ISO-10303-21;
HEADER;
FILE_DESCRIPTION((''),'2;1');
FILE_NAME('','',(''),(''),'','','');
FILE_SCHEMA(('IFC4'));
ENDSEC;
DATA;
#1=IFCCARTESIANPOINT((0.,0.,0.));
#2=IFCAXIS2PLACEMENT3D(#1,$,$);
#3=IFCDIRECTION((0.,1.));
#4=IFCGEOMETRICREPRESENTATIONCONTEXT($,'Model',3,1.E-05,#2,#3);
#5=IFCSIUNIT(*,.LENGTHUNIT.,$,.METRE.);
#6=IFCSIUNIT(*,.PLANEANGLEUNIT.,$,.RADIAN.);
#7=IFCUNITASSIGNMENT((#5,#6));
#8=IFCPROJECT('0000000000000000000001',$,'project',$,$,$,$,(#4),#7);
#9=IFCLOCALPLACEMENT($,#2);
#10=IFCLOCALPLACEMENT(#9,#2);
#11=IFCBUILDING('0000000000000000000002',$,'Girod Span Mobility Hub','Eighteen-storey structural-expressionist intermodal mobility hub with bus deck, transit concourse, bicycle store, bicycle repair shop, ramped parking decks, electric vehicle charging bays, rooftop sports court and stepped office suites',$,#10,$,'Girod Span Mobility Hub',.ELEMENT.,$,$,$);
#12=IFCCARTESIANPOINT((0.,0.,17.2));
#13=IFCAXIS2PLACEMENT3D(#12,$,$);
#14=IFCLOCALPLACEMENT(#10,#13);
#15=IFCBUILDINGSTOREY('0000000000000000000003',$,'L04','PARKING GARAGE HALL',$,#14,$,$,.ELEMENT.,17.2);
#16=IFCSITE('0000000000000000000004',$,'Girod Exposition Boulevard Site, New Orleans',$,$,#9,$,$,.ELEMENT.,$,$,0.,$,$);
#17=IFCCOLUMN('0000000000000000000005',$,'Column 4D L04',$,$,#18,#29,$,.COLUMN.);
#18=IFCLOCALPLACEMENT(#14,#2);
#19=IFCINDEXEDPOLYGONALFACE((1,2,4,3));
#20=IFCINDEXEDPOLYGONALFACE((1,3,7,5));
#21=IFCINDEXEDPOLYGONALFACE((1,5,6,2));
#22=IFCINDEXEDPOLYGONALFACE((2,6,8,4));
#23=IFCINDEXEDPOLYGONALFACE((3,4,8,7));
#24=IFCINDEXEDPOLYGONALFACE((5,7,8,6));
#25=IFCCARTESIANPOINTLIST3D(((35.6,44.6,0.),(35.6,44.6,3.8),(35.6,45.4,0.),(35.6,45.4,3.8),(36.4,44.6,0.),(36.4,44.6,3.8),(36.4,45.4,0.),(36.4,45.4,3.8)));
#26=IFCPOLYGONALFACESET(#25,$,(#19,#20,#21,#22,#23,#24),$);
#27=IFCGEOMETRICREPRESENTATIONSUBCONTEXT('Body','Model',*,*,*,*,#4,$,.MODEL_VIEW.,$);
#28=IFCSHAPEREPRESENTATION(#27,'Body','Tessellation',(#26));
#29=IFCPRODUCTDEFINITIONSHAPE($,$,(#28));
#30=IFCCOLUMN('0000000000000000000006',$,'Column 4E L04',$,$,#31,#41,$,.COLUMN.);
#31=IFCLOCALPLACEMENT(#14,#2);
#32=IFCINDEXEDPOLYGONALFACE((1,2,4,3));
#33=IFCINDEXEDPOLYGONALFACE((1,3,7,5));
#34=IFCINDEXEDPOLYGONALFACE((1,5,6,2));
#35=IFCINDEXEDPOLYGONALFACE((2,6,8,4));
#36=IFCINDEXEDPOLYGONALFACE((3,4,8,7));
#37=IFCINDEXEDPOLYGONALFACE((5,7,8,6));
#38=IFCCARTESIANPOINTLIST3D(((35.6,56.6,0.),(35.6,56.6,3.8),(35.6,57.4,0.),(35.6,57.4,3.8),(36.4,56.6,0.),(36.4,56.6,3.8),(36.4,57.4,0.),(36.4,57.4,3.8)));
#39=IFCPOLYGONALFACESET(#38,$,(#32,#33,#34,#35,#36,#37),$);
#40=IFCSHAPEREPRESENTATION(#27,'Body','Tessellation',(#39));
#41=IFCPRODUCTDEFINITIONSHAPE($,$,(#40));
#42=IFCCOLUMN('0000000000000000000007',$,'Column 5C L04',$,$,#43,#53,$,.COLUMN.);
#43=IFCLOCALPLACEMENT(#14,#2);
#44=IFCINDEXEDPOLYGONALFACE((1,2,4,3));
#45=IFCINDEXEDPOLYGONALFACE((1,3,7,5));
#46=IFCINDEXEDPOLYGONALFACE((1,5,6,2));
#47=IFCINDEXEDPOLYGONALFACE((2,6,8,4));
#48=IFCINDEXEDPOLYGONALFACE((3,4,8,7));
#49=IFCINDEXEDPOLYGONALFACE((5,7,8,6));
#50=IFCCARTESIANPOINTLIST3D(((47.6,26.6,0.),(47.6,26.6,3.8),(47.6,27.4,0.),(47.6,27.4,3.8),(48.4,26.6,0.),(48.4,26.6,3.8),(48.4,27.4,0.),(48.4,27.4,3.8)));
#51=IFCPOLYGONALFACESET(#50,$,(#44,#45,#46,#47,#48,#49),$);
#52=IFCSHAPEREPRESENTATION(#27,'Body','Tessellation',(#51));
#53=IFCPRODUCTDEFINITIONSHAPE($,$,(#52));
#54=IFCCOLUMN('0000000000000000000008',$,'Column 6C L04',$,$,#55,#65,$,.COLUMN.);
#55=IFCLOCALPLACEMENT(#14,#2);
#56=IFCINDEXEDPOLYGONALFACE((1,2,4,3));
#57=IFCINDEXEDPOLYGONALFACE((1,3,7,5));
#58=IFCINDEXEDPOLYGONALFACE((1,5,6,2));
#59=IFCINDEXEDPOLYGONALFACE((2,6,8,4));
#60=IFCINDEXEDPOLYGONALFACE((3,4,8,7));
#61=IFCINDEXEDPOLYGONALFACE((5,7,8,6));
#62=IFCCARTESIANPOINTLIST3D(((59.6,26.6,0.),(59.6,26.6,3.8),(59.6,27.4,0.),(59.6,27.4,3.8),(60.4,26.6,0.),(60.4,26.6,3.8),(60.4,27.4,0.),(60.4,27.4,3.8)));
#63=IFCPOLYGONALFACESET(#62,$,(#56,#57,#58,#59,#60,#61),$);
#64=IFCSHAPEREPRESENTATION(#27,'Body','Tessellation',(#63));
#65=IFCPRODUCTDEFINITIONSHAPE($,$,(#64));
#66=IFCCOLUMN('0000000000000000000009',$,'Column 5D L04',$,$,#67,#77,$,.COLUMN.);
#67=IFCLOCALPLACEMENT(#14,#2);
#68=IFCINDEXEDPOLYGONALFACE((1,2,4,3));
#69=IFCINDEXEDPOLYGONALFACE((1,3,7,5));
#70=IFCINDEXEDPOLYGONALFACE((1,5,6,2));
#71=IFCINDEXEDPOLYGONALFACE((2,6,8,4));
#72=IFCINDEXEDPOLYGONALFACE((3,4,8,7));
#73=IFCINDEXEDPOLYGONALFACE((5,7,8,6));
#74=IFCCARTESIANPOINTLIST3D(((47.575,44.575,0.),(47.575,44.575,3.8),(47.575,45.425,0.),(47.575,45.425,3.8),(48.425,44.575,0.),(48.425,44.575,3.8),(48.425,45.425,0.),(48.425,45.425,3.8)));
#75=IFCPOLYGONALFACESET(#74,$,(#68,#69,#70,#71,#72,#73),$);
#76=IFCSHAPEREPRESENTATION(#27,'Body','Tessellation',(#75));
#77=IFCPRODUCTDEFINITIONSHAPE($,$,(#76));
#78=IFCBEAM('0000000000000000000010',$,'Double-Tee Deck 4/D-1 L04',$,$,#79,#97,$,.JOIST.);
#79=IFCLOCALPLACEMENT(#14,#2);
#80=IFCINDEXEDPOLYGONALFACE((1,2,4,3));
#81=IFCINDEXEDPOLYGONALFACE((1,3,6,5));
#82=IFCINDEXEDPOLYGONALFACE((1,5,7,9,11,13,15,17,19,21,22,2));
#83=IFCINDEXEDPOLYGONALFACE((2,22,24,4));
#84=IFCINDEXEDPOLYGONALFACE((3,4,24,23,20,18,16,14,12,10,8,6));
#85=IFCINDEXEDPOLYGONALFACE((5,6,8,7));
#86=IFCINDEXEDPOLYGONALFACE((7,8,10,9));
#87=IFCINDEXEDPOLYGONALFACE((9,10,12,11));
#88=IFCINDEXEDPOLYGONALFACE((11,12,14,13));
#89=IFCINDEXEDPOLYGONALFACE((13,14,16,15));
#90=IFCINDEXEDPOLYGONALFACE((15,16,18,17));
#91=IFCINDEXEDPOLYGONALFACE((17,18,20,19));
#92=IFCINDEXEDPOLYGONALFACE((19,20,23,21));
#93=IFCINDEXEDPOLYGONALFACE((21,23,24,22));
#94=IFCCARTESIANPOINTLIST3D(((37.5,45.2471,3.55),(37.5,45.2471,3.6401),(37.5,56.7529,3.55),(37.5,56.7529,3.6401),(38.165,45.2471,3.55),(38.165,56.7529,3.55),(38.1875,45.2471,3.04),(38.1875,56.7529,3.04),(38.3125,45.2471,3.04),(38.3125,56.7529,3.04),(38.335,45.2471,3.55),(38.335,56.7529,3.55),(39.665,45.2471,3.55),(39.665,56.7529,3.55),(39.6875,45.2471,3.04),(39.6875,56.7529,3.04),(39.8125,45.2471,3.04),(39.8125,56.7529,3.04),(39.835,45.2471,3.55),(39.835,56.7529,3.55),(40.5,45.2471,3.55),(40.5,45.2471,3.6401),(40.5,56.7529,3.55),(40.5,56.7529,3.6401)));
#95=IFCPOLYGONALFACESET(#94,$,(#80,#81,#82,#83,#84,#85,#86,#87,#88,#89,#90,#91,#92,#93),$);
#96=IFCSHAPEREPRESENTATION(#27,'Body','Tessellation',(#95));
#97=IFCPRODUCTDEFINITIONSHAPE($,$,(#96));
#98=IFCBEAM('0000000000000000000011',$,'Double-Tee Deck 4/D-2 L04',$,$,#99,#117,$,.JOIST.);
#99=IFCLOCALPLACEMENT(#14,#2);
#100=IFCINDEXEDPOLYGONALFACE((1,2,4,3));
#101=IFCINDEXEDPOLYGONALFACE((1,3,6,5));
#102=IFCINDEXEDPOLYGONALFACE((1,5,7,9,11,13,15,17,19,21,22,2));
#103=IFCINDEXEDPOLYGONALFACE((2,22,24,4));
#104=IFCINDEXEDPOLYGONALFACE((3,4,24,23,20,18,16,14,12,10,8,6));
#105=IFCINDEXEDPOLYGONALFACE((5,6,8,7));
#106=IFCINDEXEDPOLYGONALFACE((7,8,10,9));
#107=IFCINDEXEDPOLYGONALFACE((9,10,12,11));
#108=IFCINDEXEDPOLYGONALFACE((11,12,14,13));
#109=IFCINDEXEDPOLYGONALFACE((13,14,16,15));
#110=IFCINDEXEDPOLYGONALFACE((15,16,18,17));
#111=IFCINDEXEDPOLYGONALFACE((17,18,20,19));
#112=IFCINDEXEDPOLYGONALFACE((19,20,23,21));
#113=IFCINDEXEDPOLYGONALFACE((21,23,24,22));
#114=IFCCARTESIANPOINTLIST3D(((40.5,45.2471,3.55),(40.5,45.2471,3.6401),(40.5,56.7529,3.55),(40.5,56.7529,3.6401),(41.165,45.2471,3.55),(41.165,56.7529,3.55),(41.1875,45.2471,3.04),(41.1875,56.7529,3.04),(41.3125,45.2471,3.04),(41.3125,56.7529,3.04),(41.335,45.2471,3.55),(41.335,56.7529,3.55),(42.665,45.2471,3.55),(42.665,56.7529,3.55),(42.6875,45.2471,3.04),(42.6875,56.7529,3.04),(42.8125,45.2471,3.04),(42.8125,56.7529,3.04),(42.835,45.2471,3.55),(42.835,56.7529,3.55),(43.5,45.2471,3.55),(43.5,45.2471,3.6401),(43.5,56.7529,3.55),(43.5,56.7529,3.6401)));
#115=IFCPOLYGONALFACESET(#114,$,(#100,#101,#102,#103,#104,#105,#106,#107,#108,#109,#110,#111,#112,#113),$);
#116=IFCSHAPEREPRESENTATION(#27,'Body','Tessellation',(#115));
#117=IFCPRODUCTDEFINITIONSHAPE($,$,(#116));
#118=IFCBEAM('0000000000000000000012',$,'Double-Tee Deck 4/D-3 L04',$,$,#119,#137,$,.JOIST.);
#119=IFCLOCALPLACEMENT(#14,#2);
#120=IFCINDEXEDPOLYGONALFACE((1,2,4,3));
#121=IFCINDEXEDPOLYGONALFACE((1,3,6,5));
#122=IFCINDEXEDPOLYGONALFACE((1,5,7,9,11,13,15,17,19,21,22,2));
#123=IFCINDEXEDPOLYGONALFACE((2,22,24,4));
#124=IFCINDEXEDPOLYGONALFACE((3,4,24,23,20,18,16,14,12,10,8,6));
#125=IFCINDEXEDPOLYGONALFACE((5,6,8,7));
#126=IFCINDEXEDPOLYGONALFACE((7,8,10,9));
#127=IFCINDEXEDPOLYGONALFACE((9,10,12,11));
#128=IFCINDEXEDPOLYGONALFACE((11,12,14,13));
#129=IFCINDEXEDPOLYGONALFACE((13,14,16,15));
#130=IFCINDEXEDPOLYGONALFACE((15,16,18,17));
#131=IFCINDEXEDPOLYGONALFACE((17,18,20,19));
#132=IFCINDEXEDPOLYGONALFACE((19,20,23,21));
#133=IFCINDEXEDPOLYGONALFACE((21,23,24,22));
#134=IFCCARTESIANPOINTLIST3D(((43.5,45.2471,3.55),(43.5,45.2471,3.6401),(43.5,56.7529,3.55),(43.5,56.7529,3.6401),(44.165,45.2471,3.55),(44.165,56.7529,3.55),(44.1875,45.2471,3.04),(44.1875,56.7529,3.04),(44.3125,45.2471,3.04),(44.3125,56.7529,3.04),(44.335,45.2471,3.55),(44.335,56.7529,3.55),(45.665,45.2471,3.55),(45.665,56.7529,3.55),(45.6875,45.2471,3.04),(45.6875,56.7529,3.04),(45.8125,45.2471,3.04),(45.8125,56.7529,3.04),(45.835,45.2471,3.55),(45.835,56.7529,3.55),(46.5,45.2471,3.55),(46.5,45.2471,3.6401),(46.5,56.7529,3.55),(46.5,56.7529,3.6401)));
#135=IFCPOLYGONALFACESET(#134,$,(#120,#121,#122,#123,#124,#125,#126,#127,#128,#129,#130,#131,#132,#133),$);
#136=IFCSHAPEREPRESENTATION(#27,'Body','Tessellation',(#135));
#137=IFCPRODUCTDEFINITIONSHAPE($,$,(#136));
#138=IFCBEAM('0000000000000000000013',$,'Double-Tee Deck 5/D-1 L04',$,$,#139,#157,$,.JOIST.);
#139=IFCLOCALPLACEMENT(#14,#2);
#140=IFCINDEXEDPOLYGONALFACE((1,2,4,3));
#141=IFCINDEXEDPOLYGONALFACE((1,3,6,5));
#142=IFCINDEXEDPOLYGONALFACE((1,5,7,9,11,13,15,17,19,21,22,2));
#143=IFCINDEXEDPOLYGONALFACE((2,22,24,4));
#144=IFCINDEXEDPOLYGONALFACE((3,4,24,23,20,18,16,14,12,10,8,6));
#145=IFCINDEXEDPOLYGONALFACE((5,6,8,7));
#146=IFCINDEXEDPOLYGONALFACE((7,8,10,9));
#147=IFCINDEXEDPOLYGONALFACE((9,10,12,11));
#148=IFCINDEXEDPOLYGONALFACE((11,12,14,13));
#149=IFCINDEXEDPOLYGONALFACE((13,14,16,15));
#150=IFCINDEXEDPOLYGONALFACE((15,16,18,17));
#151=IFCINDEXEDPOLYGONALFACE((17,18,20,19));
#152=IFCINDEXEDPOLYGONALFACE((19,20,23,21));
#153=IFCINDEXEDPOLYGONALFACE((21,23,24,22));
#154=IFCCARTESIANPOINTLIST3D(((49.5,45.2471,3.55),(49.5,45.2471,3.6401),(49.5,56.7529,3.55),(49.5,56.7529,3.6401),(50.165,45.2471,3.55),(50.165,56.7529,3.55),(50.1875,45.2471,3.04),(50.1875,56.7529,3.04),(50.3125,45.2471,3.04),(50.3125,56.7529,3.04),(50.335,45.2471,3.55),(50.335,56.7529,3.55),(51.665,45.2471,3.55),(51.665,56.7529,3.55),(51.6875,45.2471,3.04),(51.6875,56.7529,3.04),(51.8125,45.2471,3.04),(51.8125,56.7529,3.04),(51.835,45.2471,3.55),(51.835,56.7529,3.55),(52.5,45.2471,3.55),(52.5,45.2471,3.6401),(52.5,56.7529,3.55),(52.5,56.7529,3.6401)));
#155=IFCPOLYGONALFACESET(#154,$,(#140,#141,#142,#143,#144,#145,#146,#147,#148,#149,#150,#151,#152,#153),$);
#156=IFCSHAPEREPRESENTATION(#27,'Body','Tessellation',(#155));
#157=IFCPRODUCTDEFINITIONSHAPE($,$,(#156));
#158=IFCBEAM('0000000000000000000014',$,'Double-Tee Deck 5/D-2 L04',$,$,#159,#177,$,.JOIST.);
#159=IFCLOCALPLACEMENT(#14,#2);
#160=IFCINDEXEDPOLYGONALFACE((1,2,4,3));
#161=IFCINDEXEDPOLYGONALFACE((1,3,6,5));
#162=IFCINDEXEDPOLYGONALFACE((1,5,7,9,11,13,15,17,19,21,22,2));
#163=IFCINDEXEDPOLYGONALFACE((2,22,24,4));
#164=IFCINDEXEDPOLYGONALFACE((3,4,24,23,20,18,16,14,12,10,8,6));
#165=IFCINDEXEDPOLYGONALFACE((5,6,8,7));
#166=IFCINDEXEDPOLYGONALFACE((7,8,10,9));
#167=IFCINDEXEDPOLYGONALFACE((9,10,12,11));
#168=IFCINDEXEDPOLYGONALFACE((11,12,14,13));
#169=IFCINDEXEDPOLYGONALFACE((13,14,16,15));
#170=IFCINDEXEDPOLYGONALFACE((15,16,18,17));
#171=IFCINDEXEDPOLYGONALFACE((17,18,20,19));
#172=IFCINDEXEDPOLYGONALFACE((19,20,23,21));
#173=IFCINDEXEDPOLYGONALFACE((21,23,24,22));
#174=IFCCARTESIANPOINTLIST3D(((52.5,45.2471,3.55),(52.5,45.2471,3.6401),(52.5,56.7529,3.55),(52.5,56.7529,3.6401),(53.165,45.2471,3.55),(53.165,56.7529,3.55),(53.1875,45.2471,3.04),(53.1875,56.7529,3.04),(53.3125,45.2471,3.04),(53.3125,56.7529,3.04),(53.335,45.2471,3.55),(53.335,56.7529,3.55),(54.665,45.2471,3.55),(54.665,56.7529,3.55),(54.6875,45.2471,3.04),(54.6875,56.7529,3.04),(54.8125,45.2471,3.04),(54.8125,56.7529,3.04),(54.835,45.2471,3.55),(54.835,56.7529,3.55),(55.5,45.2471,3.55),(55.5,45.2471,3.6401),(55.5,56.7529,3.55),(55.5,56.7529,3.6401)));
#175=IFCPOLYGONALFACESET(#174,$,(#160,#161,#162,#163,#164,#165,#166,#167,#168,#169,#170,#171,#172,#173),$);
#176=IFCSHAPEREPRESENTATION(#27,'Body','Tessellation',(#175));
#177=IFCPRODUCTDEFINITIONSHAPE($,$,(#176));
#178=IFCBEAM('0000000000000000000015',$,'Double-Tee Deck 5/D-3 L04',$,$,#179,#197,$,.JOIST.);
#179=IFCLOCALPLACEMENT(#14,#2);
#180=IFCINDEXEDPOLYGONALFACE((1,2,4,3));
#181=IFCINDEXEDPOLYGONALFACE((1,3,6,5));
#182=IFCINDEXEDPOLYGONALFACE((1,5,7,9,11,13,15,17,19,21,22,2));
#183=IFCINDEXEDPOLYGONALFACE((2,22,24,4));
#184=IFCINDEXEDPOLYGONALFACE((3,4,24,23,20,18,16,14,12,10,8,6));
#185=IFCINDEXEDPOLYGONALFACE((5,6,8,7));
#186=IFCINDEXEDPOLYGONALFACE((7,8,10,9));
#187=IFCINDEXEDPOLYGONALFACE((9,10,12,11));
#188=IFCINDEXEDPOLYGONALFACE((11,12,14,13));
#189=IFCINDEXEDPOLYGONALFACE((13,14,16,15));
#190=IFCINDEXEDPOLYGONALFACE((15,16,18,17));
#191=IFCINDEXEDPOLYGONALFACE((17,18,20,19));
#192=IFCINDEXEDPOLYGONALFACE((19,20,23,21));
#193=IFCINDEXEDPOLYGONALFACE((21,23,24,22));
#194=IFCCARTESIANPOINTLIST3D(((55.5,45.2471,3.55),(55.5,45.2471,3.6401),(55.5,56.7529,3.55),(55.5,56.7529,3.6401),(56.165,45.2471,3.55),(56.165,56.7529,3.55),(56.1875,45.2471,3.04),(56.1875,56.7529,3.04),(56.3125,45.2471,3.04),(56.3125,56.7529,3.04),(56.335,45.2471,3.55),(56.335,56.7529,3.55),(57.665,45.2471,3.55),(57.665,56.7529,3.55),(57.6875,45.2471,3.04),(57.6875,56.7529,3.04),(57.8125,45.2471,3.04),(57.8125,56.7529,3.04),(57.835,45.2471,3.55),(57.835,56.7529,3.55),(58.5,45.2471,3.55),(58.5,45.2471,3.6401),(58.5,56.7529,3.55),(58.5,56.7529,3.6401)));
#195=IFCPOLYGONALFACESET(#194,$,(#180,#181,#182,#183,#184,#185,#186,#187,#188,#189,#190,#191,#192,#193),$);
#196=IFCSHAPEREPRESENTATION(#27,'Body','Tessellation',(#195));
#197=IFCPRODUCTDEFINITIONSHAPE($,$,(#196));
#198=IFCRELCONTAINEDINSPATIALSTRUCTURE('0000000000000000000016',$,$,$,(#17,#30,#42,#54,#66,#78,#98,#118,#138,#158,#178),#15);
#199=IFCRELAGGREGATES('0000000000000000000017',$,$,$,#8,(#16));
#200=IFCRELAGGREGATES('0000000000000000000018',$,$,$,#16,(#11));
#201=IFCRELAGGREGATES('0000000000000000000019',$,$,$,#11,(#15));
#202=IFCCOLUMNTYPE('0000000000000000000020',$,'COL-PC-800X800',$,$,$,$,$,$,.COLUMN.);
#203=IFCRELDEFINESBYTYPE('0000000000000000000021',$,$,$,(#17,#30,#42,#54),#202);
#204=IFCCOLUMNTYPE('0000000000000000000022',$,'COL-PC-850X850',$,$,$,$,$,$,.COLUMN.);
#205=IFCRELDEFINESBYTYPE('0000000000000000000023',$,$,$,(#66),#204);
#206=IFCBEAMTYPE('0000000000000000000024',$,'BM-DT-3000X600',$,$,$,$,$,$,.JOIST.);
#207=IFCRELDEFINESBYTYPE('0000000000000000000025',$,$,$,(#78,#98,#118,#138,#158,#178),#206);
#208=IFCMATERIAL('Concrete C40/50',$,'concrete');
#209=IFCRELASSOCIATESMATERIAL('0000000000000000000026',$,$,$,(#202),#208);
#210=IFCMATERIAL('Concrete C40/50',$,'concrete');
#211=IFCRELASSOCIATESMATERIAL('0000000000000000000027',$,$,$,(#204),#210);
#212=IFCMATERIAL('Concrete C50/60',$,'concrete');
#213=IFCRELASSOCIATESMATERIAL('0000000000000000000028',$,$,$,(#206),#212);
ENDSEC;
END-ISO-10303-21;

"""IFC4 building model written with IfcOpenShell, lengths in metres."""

from ifc_helpers import new_model, si_unit, direction, frame, origin, origin_2d, place, context, subcontext, project, spatial, polyline, rectangle, outline, extrude, material, material_profile, profile_set, type_object, element, save


model = new_model("IFC4")

# Units and contexts
model_context = context("Model", 3, precision=1e-05, world=origin(), true_north=direction((0.0, 1.0)))
body_context = subcontext(model_context, "Body", "Model", "MODEL_VIEW")
ifc_project = project(units=[si_unit("LENGTHUNIT", "METRE"), si_unit("PLANEANGLEUNIT", "RADIAN")], contexts=[model_context])

# Site, building, storey
site_placement = place(None, origin())
site = spatial("IfcSite", under=ifc_project, at=site_placement, Name="Girod Exposition Boulevard Site, New Orleans", CompositionType="ELEMENT", RefElevation=0.0)
building_placement = place(site_placement, origin())
building = spatial("IfcBuilding", under=site, at=building_placement, Name="Girod Span Mobility Hub", Description="Eighteen-storey structural-expressionist intermodal mobility hub with bus deck, transit concourse, bicycle store, bicycle repair shop, ramped parking decks, electric vehicle charging bays, rooftop sports court and stepped office suites", LongName="Girod Span Mobility Hub", CompositionType="ELEMENT")
storey_placement = place(building_placement, frame((0.0, 0.0, 17.2)))
storey = spatial("IfcBuildingStorey", under=building, at=storey_placement, Name="L04", Description="PARKING GARAGE HALL", CompositionType="ELEMENT", Elevation=17.2)

# Columns
ifc_material_1 = material(Name="Concrete C40/50", Category="concrete")
ifc_material_profile_1 = material_profile(ifc_material_1, rectangle(XDim=0.8, YDim=0.8, at=origin_2d()), Name="PC-COL-800X800")
ifc_profile_set_1 = profile_set([ifc_material_profile_1], Name="Concrete C40/50")
column_type_1 = type_object("IfcColumnType", Name="COL-PC-800X800", PredefinedType="COLUMN", material=ifc_profile_set_1)
for number, where, z_axis, x_axis, name in (
    (1, (36.0, 45.0, 0.0), (0.0, 0.0, 1.0), (1.0, 0.0, 0.0), "Column 4D L04"),
    (2, (36.0, 57.0, 0.0), (0.0, 0.0, 1.0), (1.0, 0.0, 0.0), "Column 4E L04"),
    (3, (48.0, 27.0, 0.0), (0.0, 0.0, 1.0), (1.0, 0.0, 0.0), "Column 5C L04"),
    (4, (60.0, 27.0, 0.0), (0.0, 0.0, 1.0), (1.0, 0.0, 0.0), "Column 6C L04"),
):
    element("IfcColumn", number, at=place(storey_placement, frame(where, z_axis=z_axis, x_axis=x_axis)), inside=storey, type_object=column_type_1, Name=name, PredefinedType="COLUMN", context=body_context, shape_type="SweptSolid", body=[
        extrude(rectangle(XDim=0.8, YDim=0.8, at=origin_2d()), origin(), (0.0, 0.0, 1.0), 3.8),
    ])
ifc_material_2 = material(Name="Concrete C40/50", Category="concrete")
ifc_material_profile_2 = material_profile(ifc_material_2, rectangle(XDim=0.8501, YDim=0.8501, at=origin_2d()), Name="PC-COL-850X850")
ifc_profile_set_2 = profile_set([ifc_material_profile_2], Name="Concrete C40/50")
column_type_2 = type_object("IfcColumnType", Name="COL-PC-850X850", PredefinedType="COLUMN", material=ifc_profile_set_2)
column_placement = place(storey_placement, frame((48.0, 45.0, 0.0), z_axis=(0.0, 0.0, 1.0), x_axis=(1.0, 0.0, 0.0)))
element("IfcColumn", 5, at=column_placement, inside=storey, type_object=column_type_2, Name="Column 5D L04", PredefinedType="COLUMN", context=body_context, shape_type="SweptSolid", body=[
    extrude(rectangle(XDim=0.8501, YDim=0.8501, at=origin_2d()), origin(), (0.0, 0.0, 1.0), 3.8),
])

# Beams
ifc_material_3 = material(Name="Concrete C50/60", Category="concrete")
ifc_material_profile_3 = material_profile(ifc_material_3, outline(polyline([(-1.5, 0.3), (-1.5, 0.21), (-0.835, 0.21), (-0.8125, -0.3), (-0.6875, -0.3), (-0.665, 0.21), (0.665, 0.21), (0.6875, -0.3), (0.8125, -0.3), (0.835, 0.21), (1.5, 0.21), (1.5, 0.3), (-1.5, 0.3)])), Name="DT-3000X600")
ifc_profile_set_3 = profile_set([ifc_material_profile_3], Name="Concrete C50/60")
beam_type_1 = type_object("IfcBeamType", Name="BM-DT-3000X600", PredefinedType="JOIST", material=ifc_profile_set_3)
for number, where, z_axis, x_axis, name in (
    (6, (39.0, 45.2471, 3.3401), (0.0, 1.0, 0.0), (-1.0, 0.0, 0.0), "Double-Tee Deck 4/D-1 L04"),
    (7, (42.0, 45.2471, 3.3401), (0.0, 1.0, 0.0), (-1.0, 0.0, 0.0), "Double-Tee Deck 4/D-2 L04"),
    (8, (45.0, 45.2471, 3.3401), (0.0, 1.0, 0.0), (-1.0, 0.0, 0.0), "Double-Tee Deck 4/D-3 L04"),
    (9, (51.0, 45.2471, 3.3401), (0.0, 1.0, 0.0), (-1.0, 0.0, 0.0), "Double-Tee Deck 5/D-1 L04"),
    (10, (54.0, 45.2471, 3.3401), (0.0, 1.0, 0.0), (-1.0, 0.0, 0.0), "Double-Tee Deck 5/D-2 L04"),
    (11, (57.0, 45.2471, 3.3401), (0.0, 1.0, 0.0), (-1.0, 0.0, 0.0), "Double-Tee Deck 5/D-3 L04"),
):
    element("IfcBeam", number, at=place(storey_placement, frame(where, z_axis=z_axis, x_axis=x_axis)), inside=storey, type_object=beam_type_1, Name=name, PredefinedType="JOIST", context=body_context, shape_type="SweptSolid", body=[
        extrude(outline(polyline([(-1.5, 0.3), (-1.5, 0.21), (-0.835, 0.21), (-0.8125, -0.3), (-0.6875, -0.3), (-0.665, 0.21), (0.665, 0.21), (0.6875, -0.3), (0.8125, -0.3), (0.835, 0.21), (1.5, 0.21), (1.5, 0.3), (-1.5, 0.3)])), origin(), (0.0, 0.0, 1.0), 11.5059),
    ])

save(model, "model.ifc")
